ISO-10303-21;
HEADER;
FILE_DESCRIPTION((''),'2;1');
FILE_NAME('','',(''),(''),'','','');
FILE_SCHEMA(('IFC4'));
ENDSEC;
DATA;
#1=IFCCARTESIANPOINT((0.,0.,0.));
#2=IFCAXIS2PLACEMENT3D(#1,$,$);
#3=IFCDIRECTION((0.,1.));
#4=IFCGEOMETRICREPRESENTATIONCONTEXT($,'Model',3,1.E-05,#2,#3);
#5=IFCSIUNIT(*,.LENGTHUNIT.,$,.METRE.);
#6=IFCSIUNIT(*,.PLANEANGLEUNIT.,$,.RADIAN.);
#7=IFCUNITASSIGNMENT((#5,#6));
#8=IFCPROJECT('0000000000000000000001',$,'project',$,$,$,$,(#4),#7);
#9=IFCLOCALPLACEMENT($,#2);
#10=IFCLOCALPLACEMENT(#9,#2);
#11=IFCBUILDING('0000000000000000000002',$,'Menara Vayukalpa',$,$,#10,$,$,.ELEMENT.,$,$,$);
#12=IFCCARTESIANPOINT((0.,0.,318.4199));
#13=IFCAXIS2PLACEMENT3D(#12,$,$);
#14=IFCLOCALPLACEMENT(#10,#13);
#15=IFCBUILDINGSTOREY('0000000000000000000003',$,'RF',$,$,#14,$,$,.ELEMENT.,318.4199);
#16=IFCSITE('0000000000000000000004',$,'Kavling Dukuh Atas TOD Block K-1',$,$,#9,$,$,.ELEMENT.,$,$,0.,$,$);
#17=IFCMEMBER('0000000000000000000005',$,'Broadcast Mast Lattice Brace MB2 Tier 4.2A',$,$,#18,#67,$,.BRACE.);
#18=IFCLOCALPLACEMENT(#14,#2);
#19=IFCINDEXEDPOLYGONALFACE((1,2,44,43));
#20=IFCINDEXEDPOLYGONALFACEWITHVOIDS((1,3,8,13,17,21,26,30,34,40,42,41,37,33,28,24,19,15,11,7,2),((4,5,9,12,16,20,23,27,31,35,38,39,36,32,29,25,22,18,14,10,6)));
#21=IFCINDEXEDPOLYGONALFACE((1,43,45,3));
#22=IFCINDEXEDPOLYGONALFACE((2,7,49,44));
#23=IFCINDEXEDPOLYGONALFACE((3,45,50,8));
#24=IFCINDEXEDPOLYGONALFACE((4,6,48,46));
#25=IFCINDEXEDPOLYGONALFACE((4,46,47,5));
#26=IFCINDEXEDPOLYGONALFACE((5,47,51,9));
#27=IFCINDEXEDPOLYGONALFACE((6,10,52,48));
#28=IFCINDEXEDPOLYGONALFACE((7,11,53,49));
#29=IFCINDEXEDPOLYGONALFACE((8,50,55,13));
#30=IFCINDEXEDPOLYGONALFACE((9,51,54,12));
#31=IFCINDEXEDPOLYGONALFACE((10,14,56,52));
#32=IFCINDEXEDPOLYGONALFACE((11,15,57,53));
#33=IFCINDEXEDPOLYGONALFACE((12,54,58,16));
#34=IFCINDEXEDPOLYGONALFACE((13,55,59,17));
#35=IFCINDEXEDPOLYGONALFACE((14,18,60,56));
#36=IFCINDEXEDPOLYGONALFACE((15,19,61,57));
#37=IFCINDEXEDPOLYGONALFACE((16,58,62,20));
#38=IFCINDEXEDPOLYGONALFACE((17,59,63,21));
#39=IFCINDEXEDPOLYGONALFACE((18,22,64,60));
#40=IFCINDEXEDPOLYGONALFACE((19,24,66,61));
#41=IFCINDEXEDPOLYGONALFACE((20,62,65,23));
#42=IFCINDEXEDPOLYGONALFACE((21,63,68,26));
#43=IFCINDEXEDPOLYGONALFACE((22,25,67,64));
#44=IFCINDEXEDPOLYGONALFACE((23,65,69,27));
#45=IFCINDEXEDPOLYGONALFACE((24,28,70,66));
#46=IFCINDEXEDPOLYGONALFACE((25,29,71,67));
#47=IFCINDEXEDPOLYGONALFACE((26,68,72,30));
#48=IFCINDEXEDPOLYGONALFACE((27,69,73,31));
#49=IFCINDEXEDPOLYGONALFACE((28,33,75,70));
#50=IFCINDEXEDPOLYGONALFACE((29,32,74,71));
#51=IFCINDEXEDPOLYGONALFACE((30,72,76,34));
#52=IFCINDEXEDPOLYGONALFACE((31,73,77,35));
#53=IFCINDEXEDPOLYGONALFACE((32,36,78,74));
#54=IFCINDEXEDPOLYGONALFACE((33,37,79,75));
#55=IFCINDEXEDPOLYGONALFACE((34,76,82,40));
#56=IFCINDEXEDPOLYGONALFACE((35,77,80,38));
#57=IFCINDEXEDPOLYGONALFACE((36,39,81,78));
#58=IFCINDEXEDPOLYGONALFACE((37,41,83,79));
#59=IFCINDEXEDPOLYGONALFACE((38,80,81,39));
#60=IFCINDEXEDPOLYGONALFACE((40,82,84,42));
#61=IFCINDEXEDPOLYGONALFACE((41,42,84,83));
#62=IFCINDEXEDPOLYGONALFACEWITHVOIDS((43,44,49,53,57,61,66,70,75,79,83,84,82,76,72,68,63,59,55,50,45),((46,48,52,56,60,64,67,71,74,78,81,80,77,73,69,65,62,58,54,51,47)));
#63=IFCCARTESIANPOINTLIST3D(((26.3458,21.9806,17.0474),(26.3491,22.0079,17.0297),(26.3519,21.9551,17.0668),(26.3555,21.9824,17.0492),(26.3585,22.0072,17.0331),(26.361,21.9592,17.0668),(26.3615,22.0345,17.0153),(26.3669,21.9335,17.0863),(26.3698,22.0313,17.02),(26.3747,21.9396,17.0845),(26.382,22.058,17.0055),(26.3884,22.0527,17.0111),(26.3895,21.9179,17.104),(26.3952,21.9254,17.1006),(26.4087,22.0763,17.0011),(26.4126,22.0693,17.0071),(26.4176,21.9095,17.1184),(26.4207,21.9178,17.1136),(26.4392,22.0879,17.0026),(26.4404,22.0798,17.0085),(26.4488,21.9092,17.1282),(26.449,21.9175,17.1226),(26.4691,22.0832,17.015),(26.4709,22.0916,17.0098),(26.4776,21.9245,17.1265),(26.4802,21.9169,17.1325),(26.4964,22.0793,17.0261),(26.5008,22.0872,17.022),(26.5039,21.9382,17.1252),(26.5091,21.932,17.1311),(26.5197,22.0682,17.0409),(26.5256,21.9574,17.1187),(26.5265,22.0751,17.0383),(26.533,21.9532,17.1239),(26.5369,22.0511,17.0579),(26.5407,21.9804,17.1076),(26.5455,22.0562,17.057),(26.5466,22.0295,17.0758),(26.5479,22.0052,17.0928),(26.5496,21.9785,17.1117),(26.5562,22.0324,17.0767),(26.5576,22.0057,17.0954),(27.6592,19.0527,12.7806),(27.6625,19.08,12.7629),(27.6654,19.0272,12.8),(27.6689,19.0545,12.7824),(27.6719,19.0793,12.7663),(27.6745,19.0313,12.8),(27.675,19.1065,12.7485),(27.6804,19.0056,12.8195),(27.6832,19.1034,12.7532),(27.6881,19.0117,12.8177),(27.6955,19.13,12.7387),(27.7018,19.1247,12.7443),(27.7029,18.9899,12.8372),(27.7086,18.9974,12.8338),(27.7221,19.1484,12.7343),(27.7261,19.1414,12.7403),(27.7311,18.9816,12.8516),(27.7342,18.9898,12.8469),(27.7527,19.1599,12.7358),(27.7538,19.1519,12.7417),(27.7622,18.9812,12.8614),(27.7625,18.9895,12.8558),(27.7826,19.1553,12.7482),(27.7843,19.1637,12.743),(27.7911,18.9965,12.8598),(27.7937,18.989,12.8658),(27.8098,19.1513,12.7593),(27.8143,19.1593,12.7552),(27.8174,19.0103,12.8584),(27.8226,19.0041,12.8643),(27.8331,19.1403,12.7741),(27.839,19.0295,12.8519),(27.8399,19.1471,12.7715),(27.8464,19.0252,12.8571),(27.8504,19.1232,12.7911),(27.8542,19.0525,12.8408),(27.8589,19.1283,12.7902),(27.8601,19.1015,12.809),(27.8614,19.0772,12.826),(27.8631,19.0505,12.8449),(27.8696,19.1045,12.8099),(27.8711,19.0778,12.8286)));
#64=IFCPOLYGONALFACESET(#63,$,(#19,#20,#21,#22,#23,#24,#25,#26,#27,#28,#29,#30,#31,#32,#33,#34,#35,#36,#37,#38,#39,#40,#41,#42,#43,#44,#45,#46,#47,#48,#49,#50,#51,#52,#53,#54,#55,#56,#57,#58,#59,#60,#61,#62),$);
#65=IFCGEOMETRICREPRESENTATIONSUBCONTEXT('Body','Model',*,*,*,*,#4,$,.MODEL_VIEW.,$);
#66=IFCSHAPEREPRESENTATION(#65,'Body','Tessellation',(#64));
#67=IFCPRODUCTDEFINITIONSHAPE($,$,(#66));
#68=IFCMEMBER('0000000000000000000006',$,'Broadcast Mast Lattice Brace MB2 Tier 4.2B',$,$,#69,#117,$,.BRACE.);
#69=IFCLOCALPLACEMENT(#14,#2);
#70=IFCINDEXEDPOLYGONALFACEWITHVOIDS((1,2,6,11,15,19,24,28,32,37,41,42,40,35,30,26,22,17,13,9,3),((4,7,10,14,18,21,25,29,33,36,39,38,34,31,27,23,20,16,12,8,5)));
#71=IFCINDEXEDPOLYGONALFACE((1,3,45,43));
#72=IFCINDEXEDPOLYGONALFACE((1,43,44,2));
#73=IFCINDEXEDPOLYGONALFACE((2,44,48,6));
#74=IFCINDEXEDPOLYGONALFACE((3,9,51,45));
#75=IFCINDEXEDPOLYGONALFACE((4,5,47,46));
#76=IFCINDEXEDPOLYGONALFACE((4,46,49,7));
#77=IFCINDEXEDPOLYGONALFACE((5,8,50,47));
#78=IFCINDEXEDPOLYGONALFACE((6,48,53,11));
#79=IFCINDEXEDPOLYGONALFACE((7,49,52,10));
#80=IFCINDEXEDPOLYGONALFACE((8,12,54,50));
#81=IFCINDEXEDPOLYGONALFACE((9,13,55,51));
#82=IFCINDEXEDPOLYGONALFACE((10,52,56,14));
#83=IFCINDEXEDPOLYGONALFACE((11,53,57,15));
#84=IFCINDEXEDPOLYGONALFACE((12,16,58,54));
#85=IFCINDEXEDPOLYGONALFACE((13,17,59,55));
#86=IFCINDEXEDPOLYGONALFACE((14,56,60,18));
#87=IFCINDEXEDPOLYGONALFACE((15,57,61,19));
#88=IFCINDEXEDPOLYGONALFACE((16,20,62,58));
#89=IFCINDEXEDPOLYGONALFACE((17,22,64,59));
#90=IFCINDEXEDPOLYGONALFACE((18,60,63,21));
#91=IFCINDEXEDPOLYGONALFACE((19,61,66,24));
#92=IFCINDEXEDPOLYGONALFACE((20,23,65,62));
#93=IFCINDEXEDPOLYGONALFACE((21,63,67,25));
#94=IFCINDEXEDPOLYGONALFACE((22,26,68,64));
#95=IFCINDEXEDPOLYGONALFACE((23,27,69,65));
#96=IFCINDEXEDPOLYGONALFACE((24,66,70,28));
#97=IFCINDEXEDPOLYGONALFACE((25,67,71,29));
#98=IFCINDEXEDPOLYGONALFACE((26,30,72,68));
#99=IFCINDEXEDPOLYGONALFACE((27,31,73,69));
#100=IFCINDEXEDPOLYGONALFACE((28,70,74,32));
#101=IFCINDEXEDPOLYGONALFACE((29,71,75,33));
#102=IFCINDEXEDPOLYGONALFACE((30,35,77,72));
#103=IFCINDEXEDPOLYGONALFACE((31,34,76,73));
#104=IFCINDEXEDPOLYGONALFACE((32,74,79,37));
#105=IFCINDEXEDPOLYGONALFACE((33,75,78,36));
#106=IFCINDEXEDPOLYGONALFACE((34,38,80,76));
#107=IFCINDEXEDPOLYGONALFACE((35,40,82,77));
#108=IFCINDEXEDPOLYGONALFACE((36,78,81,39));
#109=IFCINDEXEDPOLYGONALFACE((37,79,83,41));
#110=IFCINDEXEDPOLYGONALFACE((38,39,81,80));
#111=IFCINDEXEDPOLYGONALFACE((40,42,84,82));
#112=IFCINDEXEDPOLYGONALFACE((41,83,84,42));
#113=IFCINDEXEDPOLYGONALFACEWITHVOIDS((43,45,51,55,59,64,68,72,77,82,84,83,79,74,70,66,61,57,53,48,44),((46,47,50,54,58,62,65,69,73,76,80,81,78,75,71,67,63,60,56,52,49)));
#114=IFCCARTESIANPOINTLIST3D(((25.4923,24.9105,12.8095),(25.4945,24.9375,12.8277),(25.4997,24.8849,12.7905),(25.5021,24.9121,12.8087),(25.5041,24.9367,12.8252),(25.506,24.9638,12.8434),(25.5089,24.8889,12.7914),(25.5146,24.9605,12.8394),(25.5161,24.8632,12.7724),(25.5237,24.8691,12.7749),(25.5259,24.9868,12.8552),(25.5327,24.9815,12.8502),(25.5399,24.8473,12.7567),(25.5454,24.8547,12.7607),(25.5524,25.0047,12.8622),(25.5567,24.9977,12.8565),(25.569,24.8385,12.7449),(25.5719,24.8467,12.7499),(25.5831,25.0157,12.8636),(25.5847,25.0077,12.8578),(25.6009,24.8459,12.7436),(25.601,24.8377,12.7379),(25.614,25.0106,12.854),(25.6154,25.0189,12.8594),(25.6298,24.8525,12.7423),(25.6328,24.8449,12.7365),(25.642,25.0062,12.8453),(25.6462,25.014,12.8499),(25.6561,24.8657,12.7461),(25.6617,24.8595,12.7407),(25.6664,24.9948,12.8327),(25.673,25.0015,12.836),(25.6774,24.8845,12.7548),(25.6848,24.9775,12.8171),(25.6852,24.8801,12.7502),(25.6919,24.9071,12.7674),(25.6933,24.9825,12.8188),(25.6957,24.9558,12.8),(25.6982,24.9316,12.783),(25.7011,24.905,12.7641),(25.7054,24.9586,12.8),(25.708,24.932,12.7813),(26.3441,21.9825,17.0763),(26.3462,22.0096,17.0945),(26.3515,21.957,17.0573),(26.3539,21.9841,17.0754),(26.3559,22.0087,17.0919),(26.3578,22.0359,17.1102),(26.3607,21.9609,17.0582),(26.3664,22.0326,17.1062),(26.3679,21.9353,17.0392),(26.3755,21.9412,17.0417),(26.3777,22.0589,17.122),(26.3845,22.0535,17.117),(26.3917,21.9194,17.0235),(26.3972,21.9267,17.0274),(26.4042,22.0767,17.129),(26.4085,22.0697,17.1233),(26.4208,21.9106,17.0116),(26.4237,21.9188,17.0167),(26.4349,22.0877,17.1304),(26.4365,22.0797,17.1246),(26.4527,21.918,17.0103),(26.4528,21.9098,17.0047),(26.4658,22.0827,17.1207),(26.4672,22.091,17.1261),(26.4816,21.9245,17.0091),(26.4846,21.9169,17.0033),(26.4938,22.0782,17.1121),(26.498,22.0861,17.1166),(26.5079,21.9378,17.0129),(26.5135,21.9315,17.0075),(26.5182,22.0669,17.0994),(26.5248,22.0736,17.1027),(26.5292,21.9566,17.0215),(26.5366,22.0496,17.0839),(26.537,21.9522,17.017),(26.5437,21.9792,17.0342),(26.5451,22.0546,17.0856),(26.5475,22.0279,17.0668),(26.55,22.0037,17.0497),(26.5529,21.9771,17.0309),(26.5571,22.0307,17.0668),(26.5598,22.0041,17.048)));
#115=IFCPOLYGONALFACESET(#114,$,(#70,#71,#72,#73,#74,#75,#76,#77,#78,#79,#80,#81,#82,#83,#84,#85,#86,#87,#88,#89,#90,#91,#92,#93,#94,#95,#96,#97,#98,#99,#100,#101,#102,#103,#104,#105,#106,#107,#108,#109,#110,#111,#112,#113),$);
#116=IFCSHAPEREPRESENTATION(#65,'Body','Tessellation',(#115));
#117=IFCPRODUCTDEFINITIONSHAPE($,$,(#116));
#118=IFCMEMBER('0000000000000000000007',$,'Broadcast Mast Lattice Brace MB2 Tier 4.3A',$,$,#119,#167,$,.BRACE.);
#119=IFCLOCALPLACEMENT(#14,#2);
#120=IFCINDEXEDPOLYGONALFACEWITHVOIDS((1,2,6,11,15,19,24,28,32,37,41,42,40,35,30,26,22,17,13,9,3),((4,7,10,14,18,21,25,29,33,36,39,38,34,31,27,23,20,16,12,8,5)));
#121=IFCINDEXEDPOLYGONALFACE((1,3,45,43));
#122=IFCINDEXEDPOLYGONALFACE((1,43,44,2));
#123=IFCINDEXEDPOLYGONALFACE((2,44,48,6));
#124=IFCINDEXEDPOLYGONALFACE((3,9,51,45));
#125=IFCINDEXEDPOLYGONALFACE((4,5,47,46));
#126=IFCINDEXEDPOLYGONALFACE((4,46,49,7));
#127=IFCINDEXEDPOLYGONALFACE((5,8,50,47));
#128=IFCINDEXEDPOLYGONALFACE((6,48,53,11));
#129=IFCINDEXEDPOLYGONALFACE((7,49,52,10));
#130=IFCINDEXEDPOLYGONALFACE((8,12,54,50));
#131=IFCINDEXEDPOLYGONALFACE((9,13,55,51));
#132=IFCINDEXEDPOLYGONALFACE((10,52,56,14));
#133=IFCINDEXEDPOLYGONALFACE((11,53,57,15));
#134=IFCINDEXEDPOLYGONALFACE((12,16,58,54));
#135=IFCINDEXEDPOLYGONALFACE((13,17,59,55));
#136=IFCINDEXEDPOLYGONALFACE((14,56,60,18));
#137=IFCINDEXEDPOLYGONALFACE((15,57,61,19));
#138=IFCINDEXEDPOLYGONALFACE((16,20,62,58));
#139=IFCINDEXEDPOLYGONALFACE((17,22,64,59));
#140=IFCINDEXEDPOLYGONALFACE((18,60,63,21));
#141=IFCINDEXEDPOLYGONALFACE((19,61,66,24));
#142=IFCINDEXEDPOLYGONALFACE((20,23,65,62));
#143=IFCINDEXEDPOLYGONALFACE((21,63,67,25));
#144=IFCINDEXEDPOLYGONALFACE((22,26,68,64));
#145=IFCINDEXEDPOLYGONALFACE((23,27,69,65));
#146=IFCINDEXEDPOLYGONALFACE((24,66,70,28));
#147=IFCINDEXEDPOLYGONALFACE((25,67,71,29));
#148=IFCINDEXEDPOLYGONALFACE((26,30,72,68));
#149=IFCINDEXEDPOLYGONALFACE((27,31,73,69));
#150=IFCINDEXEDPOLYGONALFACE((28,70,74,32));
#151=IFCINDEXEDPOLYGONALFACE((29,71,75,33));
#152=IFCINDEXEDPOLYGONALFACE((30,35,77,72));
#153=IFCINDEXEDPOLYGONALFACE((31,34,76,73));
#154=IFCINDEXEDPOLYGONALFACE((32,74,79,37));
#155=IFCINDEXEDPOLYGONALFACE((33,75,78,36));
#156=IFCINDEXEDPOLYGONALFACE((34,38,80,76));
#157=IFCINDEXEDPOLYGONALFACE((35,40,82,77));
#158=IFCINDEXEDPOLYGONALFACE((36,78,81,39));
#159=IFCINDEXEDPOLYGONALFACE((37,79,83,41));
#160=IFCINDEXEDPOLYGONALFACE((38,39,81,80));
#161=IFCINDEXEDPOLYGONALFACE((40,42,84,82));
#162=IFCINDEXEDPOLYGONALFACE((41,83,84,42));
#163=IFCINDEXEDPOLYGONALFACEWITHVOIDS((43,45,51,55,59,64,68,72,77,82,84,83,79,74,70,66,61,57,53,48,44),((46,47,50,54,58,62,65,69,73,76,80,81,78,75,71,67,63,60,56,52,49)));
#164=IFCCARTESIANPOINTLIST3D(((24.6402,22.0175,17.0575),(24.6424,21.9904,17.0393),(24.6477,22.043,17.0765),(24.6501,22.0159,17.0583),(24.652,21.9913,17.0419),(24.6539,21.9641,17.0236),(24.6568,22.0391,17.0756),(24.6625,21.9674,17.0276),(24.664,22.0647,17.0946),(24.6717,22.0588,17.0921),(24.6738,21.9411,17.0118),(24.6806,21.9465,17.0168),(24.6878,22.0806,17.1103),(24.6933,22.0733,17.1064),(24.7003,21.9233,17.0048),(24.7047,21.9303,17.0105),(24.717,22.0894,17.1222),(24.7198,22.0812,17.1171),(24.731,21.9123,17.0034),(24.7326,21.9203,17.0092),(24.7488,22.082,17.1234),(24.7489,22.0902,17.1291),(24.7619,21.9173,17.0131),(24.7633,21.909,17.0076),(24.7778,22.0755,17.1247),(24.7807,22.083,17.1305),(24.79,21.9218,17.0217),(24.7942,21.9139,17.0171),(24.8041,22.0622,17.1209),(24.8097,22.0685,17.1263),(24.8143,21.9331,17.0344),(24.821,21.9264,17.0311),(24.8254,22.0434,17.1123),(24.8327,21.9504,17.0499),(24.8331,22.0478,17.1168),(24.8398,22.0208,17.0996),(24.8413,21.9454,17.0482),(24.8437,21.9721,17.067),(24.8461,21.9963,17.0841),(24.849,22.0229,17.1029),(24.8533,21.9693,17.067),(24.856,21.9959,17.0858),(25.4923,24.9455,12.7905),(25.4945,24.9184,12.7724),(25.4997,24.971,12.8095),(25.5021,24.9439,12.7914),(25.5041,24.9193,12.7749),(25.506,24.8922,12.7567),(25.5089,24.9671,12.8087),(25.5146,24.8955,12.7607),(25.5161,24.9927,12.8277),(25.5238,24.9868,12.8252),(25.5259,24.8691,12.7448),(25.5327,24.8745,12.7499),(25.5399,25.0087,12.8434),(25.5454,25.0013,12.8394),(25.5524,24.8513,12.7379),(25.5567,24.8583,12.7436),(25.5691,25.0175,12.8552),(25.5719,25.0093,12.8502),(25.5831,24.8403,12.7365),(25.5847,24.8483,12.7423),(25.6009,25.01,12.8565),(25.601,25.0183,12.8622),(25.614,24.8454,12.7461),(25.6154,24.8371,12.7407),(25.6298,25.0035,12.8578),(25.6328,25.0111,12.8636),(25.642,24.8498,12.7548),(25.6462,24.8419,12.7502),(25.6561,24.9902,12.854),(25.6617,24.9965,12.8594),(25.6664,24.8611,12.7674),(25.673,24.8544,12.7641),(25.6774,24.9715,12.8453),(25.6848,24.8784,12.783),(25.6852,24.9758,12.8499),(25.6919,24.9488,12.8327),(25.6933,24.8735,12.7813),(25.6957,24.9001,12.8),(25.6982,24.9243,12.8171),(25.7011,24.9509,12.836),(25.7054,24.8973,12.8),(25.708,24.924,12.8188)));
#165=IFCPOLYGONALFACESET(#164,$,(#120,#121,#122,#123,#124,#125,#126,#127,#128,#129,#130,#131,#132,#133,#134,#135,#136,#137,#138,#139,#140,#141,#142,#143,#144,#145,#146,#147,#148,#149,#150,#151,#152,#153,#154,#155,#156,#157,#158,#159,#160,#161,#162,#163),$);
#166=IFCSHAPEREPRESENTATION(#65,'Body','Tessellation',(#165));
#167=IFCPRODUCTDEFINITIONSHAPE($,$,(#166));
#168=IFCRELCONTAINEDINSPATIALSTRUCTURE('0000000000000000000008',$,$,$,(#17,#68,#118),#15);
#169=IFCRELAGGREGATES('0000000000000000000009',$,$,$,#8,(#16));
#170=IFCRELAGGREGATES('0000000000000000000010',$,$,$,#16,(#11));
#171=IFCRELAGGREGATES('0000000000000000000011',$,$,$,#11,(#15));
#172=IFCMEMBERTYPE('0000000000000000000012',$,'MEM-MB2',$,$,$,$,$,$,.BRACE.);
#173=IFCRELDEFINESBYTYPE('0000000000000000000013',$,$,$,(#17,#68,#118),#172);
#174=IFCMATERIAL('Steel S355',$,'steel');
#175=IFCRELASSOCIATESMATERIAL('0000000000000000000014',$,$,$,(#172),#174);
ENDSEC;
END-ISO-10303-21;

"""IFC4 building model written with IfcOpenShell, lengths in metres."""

from ifc_helpers import new_model, si_unit, direction, frame, origin, origin_2d, place, context, subcontext, project, spatial, hollow_circle, extrude, material, material_profile, profile_set, type_object, element, save


model = new_model("IFC4")

# Units and contexts
model_context = context("Model", 3, precision=1e-05, world=origin(), true_north=direction((0.0, 1.0)))
body_context = subcontext(model_context, "Body", "Model", "MODEL_VIEW")
ifc_project = project(units=[si_unit("LENGTHUNIT", "METRE"), si_unit("PLANEANGLEUNIT", "RADIAN")], contexts=[model_context])

# Site, building, storey
site_placement = place(None, origin())
site = spatial("IfcSite", under=ifc_project, at=site_placement, Name="Kavling Dukuh Atas TOD Block K-1", CompositionType="ELEMENT", RefElevation=0.0)
building_placement = place(site_placement, origin())
building = spatial("IfcBuilding", under=site, at=building_placement, Name="Menara Vayukalpa", CompositionType="ELEMENT")
storey_placement = place(building_placement, frame((0.0, 0.0, 318.4199)))
storey = spatial("IfcBuildingStorey", under=building, at=storey_placement, Name="RF", CompositionType="ELEMENT", Elevation=318.4199)

# Members
ifc_material_1 = material(Name="Steel S355", Category="steel")
ifc_material_profile_1 = material_profile(ifc_material_1, hollow_circle(Radius=0.1096, WallThickness=0.01, at=origin_2d()), Name="CHS 219.1x10")
ifc_profile_set_1 = profile_set([ifc_material_profile_1], Name="Steel S355")
member_type_1 = type_object("IfcMemberType", Name="MEM-MB2", PredefinedType="BRACE", material=ifc_profile_set_1)
member_1_placement = place(storey_placement, frame((27.7654, 19.072, 12.8), z_axis=(-0.246018, 0.54842, 0.799194), x_axis=(-0.912401, -0.409298, 0.0)))
element("IfcMember", 1, at=member_1_placement, inside=storey, type_object=member_type_1, Name="Broadcast Mast Lattice Brace MB2 Tier 4.2A", PredefinedType="BRACE", context=body_context, shape_type="SweptSolid", body=[
    extrude(hollow_circle(Radius=0.1096, WallThickness=0.01, at=origin_2d()), origin(), (0.0, 0.0, 1.0), 5.3389),
])
member_2_placement = place(storey_placement, frame((25.6001, 24.928, 12.8), z_axis=(0.16242, -0.558297, 0.813587), x_axis=(0.960193, 0.279339, 0.0)))
element("IfcMember", 2, at=member_2_placement, inside=storey, type_object=member_type_1, Name="Broadcast Mast Lattice Brace MB2 Tier 4.2B", PredefinedType="BRACE", context=body_context, shape_type="SweptSolid", body=[
    extrude(hollow_circle(Radius=0.1096, WallThickness=0.01, at=origin_2d()), origin(), (0.0, 0.0, 1.0), 5.2444),
])
member_3_placement = place(storey_placement, frame((25.6001, 24.928, 12.8), z_axis=(-0.162465, -0.558293, 0.813581), x_axis=(0.960171, -0.279413, 0.0)))
element("IfcMember", 3, at=member_3_placement, inside=storey, type_object=member_type_1, Name="Broadcast Mast Lattice Brace MB2 Tier 4.3A", PredefinedType="BRACE", context=body_context, shape_type="SweptSolid", body=[
    extrude(hollow_circle(Radius=0.1096, WallThickness=0.01, at=origin_2d()), origin(), (0.0, 0.0, 1.0), 5.2446),
])

save(model, "model.ifc")
